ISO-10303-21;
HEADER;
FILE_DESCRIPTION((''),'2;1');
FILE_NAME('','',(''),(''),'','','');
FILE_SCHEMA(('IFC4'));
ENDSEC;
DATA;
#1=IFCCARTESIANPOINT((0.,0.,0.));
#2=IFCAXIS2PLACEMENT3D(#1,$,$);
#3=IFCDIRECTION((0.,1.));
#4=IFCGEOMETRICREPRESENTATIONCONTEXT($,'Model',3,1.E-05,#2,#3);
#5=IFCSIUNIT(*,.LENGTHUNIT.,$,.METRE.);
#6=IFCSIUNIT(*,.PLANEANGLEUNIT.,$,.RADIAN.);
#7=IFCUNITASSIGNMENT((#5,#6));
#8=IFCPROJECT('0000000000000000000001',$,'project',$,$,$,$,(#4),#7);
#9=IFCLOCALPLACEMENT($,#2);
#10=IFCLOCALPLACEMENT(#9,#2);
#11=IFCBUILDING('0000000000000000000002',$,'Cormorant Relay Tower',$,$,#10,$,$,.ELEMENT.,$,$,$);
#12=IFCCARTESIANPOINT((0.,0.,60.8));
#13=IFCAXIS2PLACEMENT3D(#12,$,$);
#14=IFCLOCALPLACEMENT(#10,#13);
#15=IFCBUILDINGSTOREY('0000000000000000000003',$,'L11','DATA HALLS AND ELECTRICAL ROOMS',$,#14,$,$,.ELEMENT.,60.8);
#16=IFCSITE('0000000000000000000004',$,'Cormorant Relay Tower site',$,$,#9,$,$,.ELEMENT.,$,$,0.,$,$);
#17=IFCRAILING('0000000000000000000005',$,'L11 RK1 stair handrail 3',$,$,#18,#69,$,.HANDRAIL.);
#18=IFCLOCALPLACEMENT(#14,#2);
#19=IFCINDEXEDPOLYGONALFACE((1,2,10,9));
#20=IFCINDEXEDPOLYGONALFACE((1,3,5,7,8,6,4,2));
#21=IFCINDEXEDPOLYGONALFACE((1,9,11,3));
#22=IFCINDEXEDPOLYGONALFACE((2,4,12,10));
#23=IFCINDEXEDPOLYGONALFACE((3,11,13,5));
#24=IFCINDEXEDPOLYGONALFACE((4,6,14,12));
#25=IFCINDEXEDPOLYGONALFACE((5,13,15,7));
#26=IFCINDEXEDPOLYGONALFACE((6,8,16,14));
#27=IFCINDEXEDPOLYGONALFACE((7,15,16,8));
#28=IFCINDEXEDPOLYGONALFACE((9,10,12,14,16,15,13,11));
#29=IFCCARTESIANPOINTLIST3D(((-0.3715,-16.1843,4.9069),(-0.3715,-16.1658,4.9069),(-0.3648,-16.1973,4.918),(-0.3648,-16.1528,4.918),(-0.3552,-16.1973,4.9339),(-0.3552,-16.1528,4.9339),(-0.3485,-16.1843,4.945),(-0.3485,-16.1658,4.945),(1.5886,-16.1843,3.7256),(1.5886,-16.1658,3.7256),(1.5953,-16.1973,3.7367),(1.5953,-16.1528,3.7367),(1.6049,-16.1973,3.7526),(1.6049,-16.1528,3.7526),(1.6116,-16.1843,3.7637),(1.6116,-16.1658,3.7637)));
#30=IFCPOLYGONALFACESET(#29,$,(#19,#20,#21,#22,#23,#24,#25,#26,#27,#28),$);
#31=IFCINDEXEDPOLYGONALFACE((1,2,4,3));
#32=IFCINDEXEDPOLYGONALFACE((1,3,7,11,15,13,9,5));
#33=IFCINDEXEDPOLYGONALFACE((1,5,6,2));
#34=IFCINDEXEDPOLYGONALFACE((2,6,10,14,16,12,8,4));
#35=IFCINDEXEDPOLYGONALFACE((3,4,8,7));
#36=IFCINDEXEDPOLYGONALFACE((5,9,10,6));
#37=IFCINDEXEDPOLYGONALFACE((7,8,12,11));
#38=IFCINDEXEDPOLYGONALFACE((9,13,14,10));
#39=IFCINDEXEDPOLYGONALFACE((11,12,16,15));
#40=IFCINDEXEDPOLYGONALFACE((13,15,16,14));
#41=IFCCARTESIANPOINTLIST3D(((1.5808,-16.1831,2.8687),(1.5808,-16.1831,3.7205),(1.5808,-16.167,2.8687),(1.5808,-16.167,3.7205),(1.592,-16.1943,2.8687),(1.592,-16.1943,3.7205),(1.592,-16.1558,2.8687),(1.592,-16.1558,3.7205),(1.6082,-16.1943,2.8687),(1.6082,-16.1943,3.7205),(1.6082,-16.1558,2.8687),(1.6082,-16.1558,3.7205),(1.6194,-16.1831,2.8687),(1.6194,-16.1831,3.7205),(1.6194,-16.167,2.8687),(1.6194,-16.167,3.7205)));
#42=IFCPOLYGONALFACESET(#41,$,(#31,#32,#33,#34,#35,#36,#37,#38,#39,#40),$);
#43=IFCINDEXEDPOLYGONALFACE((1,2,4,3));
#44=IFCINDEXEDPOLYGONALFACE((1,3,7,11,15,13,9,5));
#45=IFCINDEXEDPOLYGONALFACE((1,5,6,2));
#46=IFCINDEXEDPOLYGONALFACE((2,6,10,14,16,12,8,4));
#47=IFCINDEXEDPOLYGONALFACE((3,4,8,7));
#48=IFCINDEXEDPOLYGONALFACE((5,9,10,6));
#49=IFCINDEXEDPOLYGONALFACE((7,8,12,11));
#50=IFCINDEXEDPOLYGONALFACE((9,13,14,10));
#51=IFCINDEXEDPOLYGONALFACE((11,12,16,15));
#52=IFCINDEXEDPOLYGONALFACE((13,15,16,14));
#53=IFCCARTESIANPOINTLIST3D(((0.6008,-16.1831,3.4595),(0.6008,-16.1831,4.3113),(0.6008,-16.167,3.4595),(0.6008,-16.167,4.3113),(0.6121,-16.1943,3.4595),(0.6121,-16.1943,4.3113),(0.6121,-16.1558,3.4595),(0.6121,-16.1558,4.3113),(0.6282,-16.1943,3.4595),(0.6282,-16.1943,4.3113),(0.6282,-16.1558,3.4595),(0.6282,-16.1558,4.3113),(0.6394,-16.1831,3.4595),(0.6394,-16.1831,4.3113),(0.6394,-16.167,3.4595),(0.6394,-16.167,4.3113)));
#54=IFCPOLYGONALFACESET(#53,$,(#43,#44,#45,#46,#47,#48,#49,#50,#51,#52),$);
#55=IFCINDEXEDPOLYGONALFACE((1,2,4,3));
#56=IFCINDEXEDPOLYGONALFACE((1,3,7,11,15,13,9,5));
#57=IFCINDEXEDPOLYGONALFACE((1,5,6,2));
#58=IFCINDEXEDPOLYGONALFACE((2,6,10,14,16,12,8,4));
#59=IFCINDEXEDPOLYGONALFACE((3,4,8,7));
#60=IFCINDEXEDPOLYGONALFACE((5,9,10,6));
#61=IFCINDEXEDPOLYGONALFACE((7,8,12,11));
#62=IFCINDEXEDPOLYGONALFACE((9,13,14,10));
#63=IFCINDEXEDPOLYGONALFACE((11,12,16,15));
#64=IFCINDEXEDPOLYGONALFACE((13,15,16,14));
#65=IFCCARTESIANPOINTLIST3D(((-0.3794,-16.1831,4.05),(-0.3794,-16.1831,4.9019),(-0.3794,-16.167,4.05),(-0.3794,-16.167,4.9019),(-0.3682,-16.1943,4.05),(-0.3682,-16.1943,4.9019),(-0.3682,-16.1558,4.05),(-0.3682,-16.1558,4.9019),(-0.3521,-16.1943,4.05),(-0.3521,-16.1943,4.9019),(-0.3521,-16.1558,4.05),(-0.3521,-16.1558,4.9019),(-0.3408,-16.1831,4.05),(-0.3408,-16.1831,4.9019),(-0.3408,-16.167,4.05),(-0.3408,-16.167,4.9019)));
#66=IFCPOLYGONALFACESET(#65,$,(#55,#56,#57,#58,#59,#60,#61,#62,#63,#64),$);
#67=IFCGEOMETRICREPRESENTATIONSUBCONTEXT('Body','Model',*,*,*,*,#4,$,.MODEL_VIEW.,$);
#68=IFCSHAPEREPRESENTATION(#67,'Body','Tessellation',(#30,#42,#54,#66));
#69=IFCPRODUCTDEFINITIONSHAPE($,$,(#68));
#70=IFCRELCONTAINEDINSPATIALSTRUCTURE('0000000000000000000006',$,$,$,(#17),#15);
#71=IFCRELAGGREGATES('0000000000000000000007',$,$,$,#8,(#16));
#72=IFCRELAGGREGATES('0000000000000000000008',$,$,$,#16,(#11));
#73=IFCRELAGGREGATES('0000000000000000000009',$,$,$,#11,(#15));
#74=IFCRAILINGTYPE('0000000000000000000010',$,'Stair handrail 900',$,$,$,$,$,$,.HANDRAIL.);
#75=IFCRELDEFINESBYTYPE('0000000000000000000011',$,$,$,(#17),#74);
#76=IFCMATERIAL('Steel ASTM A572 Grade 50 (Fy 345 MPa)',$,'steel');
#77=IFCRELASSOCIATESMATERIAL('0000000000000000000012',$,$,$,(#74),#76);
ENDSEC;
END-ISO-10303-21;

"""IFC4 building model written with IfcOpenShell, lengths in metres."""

from ifc_helpers import new_model, si_unit, direction, frame, origin, place, context, subcontext, project, spatial, polyline, outline, extrude, material, type_object, element, save


model = new_model("IFC4")

# Units and contexts
model_context = context("Model", 3, precision=1e-05, world=origin(), true_north=direction((0.0, 1.0)))
body_context = subcontext(model_context, "Body", "Model", "MODEL_VIEW")
ifc_project = project(units=[si_unit("LENGTHUNIT", "METRE"), si_unit("PLANEANGLEUNIT", "RADIAN")], contexts=[model_context])

# Site, building, storey
site_placement = place(None, origin())
site = spatial("IfcSite", under=ifc_project, at=site_placement, Name="Cormorant Relay Tower site", CompositionType="ELEMENT", RefElevation=0.0)
building_placement = place(site_placement, origin())
building = spatial("IfcBuilding", under=site, at=building_placement, Name="Cormorant Relay Tower", CompositionType="ELEMENT")
storey_placement = place(building_placement, frame((0.0, 0.0, 60.8)))
storey = spatial("IfcBuildingStorey", under=building, at=storey_placement, Name="L11", Description="DATA HALLS AND ELECTRICAL ROOMS", CompositionType="ELEMENT", Elevation=60.8)

# Railing
ifc_material_1 = material(Name="Steel ASTM A572 Grade 50 (Fy 345 MPa)", Category="steel")
railing_type_1 = type_object("IfcRailingType", Name="Stair handrail 900", PredefinedType="HANDRAIL", material=ifc_material_1)
railing_1_placement = place(storey_placement, frame((1.6001, -16.175, 2.8687)))
element("IfcRailing", 1, at=railing_1_placement, inside=storey, type_object=railing_type_1, Name="L11 RK1 stair handrail 3", PredefinedType="HANDRAIL", context=body_context, shape_type="SweptSolid", body=[
    extrude(outline(polyline([(0.0222, 0.0093), (0.0093, 0.0222), (-0.0093, 0.0222), (-0.0222, 0.0093), (-0.0222, -0.0093), (-0.0093, -0.0222), (0.0093, -0.0222), (0.0222, -0.0093), (0.0222, 0.0093)])), frame((0.0, 0.0, 0.876), z_axis=(-0.856475, 0.0, 0.516189), x_axis=(0.0, -1.0, 0.0)), (0.0, 0.0, 1.0), 2.2886),
    extrude(outline(polyline([(0.0193, 0.0081), (0.0081, 0.0193), (-0.0081, 0.0193), (-0.0193, 0.0081), (-0.0193, -0.0081), (-0.0081, -0.0193), (0.0081, -0.0193), (0.0193, -0.0081), (0.0193, 0.0081)])), origin(), (0.0, 0.0, 1.0), 0.8518),
    extrude(outline(polyline([(0.0193, 0.0081), (0.0081, 0.0193), (-0.0081, 0.0193), (-0.0193, 0.0081), (-0.0193, -0.0081), (-0.0081, -0.0193), (0.0081, -0.0193), (0.0193, -0.0081), (0.0193, 0.0081)])), frame((-0.98, 0.0, 0.5908)), (0.0, 0.0, 1.0), 0.8518),
    extrude(outline(polyline([(0.0193, 0.0081), (0.0081, 0.0193), (-0.0081, 0.0193), (-0.0193, 0.0081), (-0.0193, -0.0081), (-0.0081, -0.0193), (0.0081, -0.0193), (0.0193, -0.0081), (0.0193, 0.0081)])), frame((-1.9602, 0.0, 1.1814)), (0.0, 0.0, 1.0), 0.8518),
])

save(model, "model.ifc")
